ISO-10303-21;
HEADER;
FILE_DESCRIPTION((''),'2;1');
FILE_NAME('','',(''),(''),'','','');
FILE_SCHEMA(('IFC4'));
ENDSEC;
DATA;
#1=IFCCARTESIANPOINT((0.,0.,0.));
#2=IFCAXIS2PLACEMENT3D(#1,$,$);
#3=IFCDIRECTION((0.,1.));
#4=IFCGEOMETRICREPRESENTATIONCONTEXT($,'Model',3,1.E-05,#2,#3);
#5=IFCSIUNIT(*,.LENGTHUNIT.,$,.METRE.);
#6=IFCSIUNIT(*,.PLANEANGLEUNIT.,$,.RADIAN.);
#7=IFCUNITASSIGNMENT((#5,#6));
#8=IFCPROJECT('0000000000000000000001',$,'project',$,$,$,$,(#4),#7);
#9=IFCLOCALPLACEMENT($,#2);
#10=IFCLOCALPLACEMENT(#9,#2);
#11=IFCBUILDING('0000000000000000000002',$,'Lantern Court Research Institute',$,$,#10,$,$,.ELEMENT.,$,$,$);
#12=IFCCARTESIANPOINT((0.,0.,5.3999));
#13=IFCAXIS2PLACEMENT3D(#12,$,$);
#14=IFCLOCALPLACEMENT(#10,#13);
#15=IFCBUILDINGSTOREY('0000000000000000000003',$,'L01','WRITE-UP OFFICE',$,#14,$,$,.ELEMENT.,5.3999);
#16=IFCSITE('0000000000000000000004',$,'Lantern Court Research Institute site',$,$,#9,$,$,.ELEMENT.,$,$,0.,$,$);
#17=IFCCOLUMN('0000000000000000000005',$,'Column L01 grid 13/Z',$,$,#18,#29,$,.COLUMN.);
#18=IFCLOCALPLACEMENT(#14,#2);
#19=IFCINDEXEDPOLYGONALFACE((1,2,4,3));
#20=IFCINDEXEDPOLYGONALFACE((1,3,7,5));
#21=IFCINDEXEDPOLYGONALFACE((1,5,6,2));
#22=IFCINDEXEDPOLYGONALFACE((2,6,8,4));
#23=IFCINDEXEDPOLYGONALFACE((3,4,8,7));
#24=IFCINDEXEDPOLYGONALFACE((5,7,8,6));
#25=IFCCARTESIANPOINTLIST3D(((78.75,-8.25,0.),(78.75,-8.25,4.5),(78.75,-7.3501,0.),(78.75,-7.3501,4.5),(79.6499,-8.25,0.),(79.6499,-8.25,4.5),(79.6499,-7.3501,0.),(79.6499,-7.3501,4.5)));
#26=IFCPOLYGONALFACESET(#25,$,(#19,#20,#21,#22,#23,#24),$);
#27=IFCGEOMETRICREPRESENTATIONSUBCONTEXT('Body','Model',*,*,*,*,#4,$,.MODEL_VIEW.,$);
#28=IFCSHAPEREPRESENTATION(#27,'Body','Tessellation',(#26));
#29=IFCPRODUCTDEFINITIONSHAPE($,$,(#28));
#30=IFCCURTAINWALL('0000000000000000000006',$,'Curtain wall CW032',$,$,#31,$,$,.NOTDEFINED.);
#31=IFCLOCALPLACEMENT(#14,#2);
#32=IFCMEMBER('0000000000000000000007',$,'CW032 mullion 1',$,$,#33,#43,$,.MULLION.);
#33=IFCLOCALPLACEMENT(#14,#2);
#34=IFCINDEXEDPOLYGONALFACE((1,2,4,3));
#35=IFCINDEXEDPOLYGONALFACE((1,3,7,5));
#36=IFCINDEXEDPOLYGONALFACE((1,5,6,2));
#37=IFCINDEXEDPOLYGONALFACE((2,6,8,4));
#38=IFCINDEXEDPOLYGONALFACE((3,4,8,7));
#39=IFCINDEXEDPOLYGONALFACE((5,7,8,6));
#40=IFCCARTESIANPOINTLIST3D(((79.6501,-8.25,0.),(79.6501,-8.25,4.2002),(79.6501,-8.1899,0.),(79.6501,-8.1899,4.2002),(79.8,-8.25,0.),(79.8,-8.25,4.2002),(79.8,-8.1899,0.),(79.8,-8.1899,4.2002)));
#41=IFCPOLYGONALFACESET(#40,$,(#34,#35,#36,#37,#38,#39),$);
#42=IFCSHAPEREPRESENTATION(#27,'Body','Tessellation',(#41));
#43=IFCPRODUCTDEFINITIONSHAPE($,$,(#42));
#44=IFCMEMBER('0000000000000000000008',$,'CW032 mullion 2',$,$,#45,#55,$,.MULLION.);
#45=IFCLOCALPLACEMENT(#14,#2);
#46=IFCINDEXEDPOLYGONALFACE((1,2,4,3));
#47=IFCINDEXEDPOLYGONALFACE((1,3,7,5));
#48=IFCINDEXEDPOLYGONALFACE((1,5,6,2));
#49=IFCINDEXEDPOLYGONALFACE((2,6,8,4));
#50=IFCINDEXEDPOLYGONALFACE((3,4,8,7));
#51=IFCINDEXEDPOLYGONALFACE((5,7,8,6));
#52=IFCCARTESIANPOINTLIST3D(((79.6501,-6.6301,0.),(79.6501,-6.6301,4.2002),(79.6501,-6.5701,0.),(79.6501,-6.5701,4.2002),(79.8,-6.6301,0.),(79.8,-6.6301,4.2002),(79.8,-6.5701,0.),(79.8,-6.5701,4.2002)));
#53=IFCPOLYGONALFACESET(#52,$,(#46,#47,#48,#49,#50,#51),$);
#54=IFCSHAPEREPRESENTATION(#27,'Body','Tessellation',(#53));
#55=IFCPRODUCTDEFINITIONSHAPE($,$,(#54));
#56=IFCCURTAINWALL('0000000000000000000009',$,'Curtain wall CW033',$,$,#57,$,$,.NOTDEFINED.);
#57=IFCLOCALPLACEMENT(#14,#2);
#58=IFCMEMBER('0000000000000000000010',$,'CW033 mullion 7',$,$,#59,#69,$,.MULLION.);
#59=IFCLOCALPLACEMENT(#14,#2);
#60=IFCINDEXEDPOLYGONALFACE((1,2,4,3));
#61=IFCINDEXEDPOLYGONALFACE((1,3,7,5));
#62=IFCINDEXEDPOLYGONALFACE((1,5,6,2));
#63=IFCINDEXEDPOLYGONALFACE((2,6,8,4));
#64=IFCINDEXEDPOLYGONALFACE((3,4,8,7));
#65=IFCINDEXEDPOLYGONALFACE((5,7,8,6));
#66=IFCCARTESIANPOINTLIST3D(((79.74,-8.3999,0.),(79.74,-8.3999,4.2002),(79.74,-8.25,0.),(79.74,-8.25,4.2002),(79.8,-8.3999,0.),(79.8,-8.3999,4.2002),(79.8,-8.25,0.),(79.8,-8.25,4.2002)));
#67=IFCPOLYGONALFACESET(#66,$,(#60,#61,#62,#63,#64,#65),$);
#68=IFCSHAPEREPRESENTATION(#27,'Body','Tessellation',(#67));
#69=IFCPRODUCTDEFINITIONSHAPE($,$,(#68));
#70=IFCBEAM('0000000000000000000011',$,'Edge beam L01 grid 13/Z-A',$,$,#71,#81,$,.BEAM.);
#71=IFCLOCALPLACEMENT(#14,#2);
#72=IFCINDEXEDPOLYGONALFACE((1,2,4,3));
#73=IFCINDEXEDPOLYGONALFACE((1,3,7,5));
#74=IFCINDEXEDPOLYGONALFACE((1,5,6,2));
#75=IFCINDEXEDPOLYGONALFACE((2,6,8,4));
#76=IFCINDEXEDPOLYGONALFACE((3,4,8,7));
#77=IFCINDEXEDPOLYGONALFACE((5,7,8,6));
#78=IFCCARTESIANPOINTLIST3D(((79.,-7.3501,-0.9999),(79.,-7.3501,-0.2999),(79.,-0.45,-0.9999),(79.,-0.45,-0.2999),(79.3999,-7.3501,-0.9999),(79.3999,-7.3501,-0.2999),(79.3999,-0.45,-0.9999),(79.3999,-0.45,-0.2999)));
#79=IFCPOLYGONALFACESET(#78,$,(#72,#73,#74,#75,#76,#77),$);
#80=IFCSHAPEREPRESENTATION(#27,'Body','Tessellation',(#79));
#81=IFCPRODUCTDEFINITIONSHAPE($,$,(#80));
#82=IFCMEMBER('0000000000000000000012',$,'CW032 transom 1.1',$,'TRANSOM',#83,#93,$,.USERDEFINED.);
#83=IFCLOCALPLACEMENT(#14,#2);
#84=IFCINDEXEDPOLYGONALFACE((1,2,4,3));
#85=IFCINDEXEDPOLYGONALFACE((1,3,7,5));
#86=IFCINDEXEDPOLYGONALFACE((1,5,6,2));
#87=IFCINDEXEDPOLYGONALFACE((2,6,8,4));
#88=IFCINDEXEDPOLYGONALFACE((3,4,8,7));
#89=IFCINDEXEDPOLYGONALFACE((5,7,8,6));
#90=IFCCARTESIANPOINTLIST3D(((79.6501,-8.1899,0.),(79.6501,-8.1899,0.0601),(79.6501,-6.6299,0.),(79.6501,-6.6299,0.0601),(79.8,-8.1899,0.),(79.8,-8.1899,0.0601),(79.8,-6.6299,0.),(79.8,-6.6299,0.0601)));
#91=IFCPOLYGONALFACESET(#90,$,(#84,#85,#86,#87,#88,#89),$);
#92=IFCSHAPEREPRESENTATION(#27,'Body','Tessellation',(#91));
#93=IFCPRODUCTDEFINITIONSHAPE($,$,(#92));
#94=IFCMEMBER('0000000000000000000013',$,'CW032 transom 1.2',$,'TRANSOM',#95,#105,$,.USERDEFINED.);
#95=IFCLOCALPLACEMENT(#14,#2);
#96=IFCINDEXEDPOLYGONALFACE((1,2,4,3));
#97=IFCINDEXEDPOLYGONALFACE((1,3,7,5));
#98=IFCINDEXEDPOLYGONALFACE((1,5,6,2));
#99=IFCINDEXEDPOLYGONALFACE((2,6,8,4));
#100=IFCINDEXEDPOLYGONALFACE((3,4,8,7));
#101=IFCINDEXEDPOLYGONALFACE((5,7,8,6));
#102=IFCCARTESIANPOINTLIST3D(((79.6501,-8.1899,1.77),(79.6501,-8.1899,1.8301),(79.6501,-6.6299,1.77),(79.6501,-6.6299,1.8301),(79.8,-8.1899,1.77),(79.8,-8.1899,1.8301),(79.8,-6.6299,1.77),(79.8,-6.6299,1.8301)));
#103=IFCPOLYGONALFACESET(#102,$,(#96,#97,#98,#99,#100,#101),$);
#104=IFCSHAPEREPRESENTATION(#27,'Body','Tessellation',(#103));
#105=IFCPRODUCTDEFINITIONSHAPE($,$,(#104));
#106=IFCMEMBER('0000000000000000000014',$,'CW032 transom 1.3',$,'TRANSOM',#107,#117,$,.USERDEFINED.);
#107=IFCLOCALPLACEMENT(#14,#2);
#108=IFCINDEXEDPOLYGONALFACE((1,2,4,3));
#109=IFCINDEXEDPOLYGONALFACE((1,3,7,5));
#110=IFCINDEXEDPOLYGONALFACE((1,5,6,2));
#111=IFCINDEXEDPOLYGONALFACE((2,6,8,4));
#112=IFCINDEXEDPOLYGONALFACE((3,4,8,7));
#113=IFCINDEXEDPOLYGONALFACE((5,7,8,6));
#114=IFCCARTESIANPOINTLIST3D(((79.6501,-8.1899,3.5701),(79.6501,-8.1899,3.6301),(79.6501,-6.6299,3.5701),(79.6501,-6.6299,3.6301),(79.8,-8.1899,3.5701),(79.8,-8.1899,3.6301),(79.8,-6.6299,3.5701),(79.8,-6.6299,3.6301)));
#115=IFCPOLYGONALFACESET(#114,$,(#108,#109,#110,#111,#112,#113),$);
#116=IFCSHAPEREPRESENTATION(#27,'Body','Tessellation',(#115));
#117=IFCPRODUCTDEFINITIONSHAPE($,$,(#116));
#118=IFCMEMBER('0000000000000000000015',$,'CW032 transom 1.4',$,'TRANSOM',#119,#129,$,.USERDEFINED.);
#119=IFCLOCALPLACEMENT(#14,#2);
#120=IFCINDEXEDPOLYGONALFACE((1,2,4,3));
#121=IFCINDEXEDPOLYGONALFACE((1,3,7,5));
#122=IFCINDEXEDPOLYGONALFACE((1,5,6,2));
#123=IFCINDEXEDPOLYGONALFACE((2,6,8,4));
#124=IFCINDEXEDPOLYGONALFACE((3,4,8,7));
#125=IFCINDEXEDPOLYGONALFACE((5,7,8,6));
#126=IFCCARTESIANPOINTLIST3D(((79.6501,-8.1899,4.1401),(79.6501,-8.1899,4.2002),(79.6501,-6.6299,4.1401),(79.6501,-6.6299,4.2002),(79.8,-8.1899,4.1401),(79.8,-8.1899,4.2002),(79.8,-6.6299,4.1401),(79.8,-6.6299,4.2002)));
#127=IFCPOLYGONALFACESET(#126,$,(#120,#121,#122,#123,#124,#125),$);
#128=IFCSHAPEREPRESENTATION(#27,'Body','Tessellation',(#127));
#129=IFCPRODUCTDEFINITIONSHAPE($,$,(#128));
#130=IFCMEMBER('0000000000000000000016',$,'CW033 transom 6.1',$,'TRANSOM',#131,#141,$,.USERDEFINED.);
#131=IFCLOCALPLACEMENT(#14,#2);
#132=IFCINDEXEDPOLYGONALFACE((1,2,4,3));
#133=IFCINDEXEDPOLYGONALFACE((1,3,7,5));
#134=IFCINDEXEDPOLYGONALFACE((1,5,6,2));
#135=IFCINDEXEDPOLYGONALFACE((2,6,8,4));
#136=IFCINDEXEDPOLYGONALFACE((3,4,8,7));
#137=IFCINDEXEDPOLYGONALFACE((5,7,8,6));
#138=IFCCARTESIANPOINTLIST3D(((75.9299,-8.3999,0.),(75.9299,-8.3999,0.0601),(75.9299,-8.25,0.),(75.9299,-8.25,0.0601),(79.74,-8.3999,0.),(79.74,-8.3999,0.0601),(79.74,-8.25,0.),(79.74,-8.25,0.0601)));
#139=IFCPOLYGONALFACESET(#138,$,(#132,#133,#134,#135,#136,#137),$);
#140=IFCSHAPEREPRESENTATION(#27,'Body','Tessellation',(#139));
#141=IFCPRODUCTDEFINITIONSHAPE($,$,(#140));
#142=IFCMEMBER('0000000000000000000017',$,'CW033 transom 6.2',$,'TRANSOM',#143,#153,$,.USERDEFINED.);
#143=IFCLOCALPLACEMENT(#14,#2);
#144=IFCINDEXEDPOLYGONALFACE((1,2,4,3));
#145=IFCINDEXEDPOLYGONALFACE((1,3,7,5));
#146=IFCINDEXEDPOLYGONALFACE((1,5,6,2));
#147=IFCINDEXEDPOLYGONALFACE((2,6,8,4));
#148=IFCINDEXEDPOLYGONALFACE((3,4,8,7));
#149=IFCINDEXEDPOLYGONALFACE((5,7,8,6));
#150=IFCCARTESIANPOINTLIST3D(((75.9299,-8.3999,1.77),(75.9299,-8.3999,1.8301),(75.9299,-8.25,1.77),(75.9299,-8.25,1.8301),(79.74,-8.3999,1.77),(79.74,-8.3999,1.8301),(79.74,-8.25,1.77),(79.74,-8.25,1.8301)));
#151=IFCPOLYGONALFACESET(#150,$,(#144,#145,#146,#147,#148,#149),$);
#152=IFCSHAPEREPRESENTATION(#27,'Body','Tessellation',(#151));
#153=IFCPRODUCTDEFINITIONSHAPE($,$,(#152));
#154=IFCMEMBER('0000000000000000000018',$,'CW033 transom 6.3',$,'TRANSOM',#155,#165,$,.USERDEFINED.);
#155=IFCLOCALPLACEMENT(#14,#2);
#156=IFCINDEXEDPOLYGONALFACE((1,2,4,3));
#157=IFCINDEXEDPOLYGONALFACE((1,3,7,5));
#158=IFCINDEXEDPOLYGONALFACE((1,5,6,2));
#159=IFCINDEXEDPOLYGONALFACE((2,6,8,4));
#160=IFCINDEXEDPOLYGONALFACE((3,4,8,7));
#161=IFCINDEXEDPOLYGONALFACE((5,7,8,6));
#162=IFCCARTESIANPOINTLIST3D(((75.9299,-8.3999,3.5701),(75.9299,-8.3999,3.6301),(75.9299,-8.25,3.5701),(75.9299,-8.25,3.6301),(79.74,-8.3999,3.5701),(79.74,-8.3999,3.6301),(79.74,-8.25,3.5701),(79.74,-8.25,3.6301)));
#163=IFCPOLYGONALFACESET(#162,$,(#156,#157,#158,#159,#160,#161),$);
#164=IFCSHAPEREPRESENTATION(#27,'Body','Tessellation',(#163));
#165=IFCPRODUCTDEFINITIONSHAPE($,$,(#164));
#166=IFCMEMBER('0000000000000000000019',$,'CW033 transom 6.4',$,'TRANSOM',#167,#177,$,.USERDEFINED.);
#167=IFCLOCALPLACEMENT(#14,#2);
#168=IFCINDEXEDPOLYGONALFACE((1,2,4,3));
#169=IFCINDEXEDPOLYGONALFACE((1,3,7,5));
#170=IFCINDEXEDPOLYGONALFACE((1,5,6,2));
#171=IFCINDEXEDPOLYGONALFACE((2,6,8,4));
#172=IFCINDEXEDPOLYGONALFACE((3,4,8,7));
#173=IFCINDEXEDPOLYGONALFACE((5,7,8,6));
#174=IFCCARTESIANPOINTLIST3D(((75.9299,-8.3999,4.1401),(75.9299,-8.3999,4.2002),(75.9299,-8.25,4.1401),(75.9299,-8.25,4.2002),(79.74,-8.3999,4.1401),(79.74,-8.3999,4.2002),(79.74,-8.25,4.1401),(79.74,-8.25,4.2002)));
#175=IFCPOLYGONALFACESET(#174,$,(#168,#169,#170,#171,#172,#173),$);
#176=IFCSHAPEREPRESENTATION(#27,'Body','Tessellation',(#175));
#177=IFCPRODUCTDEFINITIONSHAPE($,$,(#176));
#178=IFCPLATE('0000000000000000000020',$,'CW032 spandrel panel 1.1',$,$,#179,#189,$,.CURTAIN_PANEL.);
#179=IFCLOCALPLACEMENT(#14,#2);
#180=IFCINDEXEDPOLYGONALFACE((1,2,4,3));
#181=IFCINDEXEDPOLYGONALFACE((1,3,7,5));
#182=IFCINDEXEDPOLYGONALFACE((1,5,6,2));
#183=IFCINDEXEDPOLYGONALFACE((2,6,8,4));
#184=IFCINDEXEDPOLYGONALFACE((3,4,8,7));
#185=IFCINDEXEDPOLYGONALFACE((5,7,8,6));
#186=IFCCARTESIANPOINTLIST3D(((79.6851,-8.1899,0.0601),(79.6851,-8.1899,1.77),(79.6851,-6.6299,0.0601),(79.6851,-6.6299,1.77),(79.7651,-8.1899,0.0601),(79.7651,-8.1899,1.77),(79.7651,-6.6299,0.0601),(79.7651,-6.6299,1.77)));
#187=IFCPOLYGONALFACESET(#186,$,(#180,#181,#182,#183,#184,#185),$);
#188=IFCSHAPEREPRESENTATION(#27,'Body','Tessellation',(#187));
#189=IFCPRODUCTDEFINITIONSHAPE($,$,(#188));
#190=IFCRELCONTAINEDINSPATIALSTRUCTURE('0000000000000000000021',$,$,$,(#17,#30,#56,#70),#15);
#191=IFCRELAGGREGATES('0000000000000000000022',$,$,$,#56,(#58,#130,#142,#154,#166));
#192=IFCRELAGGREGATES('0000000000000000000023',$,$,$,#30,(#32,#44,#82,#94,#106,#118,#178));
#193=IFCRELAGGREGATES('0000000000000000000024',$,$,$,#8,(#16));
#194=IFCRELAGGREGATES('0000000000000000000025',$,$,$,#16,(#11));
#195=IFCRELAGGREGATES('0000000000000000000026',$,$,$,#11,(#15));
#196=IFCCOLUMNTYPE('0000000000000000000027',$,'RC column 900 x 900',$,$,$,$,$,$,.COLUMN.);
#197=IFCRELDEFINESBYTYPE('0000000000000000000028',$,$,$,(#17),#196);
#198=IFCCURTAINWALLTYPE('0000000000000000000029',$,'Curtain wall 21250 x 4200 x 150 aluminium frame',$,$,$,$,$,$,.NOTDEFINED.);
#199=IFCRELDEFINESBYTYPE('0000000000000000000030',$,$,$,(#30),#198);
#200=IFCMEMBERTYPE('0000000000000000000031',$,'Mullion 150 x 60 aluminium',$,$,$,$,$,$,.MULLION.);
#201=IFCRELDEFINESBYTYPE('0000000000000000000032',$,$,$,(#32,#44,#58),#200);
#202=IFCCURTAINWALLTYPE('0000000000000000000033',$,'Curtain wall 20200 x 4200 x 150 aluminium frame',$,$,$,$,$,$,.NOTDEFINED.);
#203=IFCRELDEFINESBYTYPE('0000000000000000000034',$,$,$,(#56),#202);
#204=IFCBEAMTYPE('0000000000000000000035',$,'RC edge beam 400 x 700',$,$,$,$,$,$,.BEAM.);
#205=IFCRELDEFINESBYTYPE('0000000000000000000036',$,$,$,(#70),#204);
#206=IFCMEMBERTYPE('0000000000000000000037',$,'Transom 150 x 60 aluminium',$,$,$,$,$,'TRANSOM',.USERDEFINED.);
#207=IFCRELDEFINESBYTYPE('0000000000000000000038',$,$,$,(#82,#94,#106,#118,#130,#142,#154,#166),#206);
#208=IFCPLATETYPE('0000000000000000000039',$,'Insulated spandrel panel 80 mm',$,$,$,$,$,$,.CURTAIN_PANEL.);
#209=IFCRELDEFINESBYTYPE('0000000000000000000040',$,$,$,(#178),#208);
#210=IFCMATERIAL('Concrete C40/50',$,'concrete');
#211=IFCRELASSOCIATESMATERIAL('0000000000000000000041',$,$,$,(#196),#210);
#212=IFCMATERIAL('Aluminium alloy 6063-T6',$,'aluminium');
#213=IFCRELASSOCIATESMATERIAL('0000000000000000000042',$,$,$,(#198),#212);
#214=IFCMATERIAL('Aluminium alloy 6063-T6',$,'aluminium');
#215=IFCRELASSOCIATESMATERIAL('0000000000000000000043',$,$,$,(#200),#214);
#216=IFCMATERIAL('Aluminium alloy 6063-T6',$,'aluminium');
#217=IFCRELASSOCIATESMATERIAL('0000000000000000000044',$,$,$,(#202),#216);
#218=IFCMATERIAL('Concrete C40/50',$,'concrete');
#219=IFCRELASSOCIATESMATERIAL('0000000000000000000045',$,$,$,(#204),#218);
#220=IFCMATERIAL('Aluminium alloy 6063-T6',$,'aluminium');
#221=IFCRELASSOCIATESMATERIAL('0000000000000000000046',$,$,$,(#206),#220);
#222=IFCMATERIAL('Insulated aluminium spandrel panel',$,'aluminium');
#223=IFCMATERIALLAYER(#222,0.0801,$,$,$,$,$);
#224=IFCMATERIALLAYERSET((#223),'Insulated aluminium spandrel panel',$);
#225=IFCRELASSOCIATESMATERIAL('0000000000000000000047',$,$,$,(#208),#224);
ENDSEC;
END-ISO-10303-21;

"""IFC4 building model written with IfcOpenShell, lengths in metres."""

from ifc_helpers import new_model, si_unit, direction, frame, origin, origin_2d, place, context, subcontext, project, spatial, rectangle, extrude, material, layer, layer_set, material_profile, profile_set, type_object, element, aggregate, save


model = new_model("IFC4")

# Units and contexts
model_context = context("Model", 3, precision=1e-05, world=origin(), true_north=direction((0.0, 1.0)))
body_context = subcontext(model_context, "Body", "Model", "MODEL_VIEW")
ifc_project = project(units=[si_unit("LENGTHUNIT", "METRE"), si_unit("PLANEANGLEUNIT", "RADIAN")], contexts=[model_context])

# Site, building, storey
site_placement = place(None, origin())
site = spatial("IfcSite", under=ifc_project, at=site_placement, Name="Lantern Court Research Institute site", CompositionType="ELEMENT", RefElevation=0.0)
building_placement = place(site_placement, origin())
building = spatial("IfcBuilding", under=site, at=building_placement, Name="Lantern Court Research Institute", CompositionType="ELEMENT")
storey_placement = place(building_placement, frame((0.0, 0.0, 5.3999)))
storey = spatial("IfcBuildingStorey", under=building, at=storey_placement, Name="L01", Description="WRITE-UP OFFICE", CompositionType="ELEMENT", Elevation=5.3999)

# Column
ifc_material_1 = material(Name="Concrete C40/50", Category="concrete")
ifc_material_profile_1 = material_profile(ifc_material_1, rectangle(XDim=0.8999, YDim=0.8999, at=origin_2d()), Name="RC column 900 x 900")
ifc_profile_set_1 = profile_set([ifc_material_profile_1], Name="Concrete C40/50")
column_type = type_object("IfcColumnType", Name="RC column 900 x 900", PredefinedType="COLUMN", material=ifc_profile_set_1)
column_placement = place(storey_placement, frame((79.2, -7.8, 0.0), z_axis=(0.0, 0.0, 1.0), x_axis=(1.0, 0.0, 0.0)))
element("IfcColumn", 1, at=column_placement, inside=storey, type_object=column_type, Name="Column L01 grid 13/Z", PredefinedType="COLUMN", context=body_context, shape_type="SweptSolid", body=[
    extrude(rectangle(XDim=0.8999, YDim=0.8999, at=origin_2d()), origin(), (0.0, 0.0, 1.0), 4.5),
])

# Curtain wall, members
ifc_material_2 = material(Name="Aluminium alloy 6063-T6", Category="aluminium")
curtain_wall_type_1 = type_object("IfcCurtainWallType", Name="Curtain wall 21250 x 4200 x 150 aluminium frame", PredefinedType="NOTDEFINED", material=ifc_material_2)
curtain_wall_1_placement = place(storey_placement, origin())
curtain_wall_1 = element("IfcCurtainWall", 2, at=curtain_wall_1_placement, inside=storey, type_object=curtain_wall_type_1, Name="Curtain wall CW032", PredefinedType="NOTDEFINED")
ifc_material_3 = material(Name="Aluminium alloy 6063-T6", Category="aluminium")
ifc_material_profile_2 = material_profile(ifc_material_3, rectangle(XDim=0.1499, YDim=0.0601, at=origin_2d()), Name="Mullion 150 x 60")
ifc_profile_set_2 = profile_set([ifc_material_profile_2], Name="Aluminium alloy 6063-T6")
member_type_1 = type_object("IfcMemberType", Name="Mullion 150 x 60 aluminium", PredefinedType="MULLION", material=ifc_profile_set_2)
member_1_placement = place(storey_placement, frame((79.7251, -8.22, 0.0), z_axis=(0.0, 0.0, 1.0), x_axis=(1.0, 0.0, 0.0)))
member_1 = element("IfcMember", 3, at=member_1_placement, type_object=member_type_1, Name="CW032 mullion 1", PredefinedType="MULLION", context=body_context, shape_type="SweptSolid", body=[
    extrude(rectangle(XDim=0.1499, YDim=0.0601, at=origin_2d()), origin(), (0.0, 0.0, 1.0), 4.2002),
])
member_2_placement = place(storey_placement, frame((79.7251, -6.6001, 0.0), z_axis=(0.0, 0.0, 1.0), x_axis=(1.0, 0.0, 0.0)))
member_2 = element("IfcMember", 4, at=member_2_placement, type_object=member_type_1, Name="CW032 mullion 2", PredefinedType="MULLION", context=body_context, shape_type="SweptSolid", body=[
    extrude(rectangle(XDim=0.1499, YDim=0.0601, at=origin_2d()), origin(), (0.0, 0.0, 1.0), 4.2002),
])

# Curtain wall, member
ifc_material_4 = material(Name="Aluminium alloy 6063-T6", Category="aluminium")
curtain_wall_type_2 = type_object("IfcCurtainWallType", Name="Curtain wall 20200 x 4200 x 150 aluminium frame", PredefinedType="NOTDEFINED", material=ifc_material_4)
curtain_wall_2_placement = place(storey_placement, origin())
curtain_wall_2 = element("IfcCurtainWall", 5, at=curtain_wall_2_placement, inside=storey, type_object=curtain_wall_type_2, Name="Curtain wall CW033", PredefinedType="NOTDEFINED")
member_3_placement = place(storey_placement, frame((79.77, -8.325, 0.0), z_axis=(0.0, 0.0, 1.0), x_axis=(0.0, -1.0, 0.0)))
member_3 = element("IfcMember", 6, at=member_3_placement, type_object=member_type_1, Name="CW033 mullion 7", PredefinedType="MULLION", context=body_context, shape_type="SweptSolid", body=[
    extrude(rectangle(XDim=0.1499, YDim=0.0601, at=origin_2d()), origin(), (0.0, 0.0, 1.0), 4.2002),
])

# Beam
ifc_material_5 = material(Name="Concrete C40/50", Category="concrete")
ifc_material_profile_3 = material_profile(ifc_material_5, rectangle(XDim=0.3999, YDim=0.7, at=origin_2d()), Name="RC beam 400 x 700")
ifc_profile_set_3 = profile_set([ifc_material_profile_3], Name="Concrete C40/50")
beam_type = type_object("IfcBeamType", Name="RC edge beam 400 x 700", PredefinedType="BEAM", material=ifc_profile_set_3)
beam_placement = place(storey_placement, frame((79.2, -7.3501, -0.6499), z_axis=(0.0, 1.0, 0.0), x_axis=(-1.0, 0.0, 0.0)))
element("IfcBeam", 7, at=beam_placement, inside=storey, type_object=beam_type, Name="Edge beam L01 grid 13/Z-A", PredefinedType="BEAM", context=body_context, shape_type="SweptSolid", body=[
    extrude(rectangle(XDim=0.3999, YDim=0.7, at=origin_2d()), origin(), (0.0, 0.0, 1.0), 6.9001),
])

# Members
ifc_material_6 = material(Name="Aluminium alloy 6063-T6", Category="aluminium")
ifc_material_profile_4 = material_profile(ifc_material_6, rectangle(XDim=0.1499, YDim=0.0601, at=origin_2d()), Name="Transom 150 x 60")
ifc_profile_set_4 = profile_set([ifc_material_profile_4], Name="Aluminium alloy 6063-T6")
member_type_2 = type_object("IfcMemberType", Name="Transom 150 x 60 aluminium", ElementType="TRANSOM", PredefinedType="USERDEFINED", material=ifc_profile_set_4)
member_4_placement = place(storey_placement, frame((79.7251, -6.6299, 0.03), z_axis=(0.0, -1.0, 0.0), x_axis=(1.0, 0.0, 0.0)))
member_4 = element("IfcMember", 8, at=member_4_placement, type_object=member_type_2, Name="CW032 transom 1.1", ObjectType="TRANSOM", PredefinedType="USERDEFINED", context=body_context, shape_type="SweptSolid", body=[
    extrude(rectangle(XDim=0.1499, YDim=0.0601, at=origin_2d()), origin(), (0.0, 0.0, 1.0), 1.5601),
])
member_5_placement = place(storey_placement, frame((79.7251, -6.6299, 1.8), z_axis=(0.0, -1.0, 0.0), x_axis=(1.0, 0.0, 0.0)))
member_5 = element("IfcMember", 9, at=member_5_placement, type_object=member_type_2, Name="CW032 transom 1.2", ObjectType="TRANSOM", PredefinedType="USERDEFINED", context=body_context, shape_type="SweptSolid", body=[
    extrude(rectangle(XDim=0.1499, YDim=0.0601, at=origin_2d()), origin(), (0.0, 0.0, 1.0), 1.5601),
])
member_6_placement = place(storey_placement, frame((79.7251, -6.6299, 3.6001), z_axis=(0.0, -1.0, 0.0), x_axis=(1.0, 0.0, 0.0)))
member_6 = element("IfcMember", 10, at=member_6_placement, type_object=member_type_2, Name="CW032 transom 1.3", ObjectType="TRANSOM", PredefinedType="USERDEFINED", context=body_context, shape_type="SweptSolid", body=[
    extrude(rectangle(XDim=0.1499, YDim=0.0601, at=origin_2d()), origin(), (0.0, 0.0, 1.0), 1.5601),
])
member_7_placement = place(storey_placement, frame((79.7251, -6.6299, 4.1702), z_axis=(0.0, -1.0, 0.0), x_axis=(1.0, 0.0, 0.0)))
member_7 = element("IfcMember", 11, at=member_7_placement, type_object=member_type_2, Name="CW032 transom 1.4", ObjectType="TRANSOM", PredefinedType="USERDEFINED", context=body_context, shape_type="SweptSolid", body=[
    extrude(rectangle(XDim=0.1499, YDim=0.0601, at=origin_2d()), origin(), (0.0, 0.0, 1.0), 1.5601),
])
member_8_placement = place(storey_placement, frame((79.74, -8.325, 0.03), z_axis=(-1.0, 0.0, 0.0), x_axis=(0.0, -1.0, 0.0)))
member_8 = element("IfcMember", 12, at=member_8_placement, type_object=member_type_2, Name="CW033 transom 6.1", ObjectType="TRANSOM", PredefinedType="USERDEFINED", context=body_context, shape_type="SweptSolid", body=[
    extrude(rectangle(XDim=0.1499, YDim=0.0601, at=origin_2d()), origin(), (0.0, 0.0, 1.0), 3.8101),
])
member_9_placement = place(storey_placement, frame((79.74, -8.325, 1.8), z_axis=(-1.0, 0.0, 0.0), x_axis=(0.0, -1.0, 0.0)))
member_9 = element("IfcMember", 13, at=member_9_placement, type_object=member_type_2, Name="CW033 transom 6.2", ObjectType="TRANSOM", PredefinedType="USERDEFINED", context=body_context, shape_type="SweptSolid", body=[
    extrude(rectangle(XDim=0.1499, YDim=0.0601, at=origin_2d()), origin(), (0.0, 0.0, 1.0), 3.8101),
])
member_10_placement = place(storey_placement, frame((79.74, -8.325, 3.6001), z_axis=(-1.0, 0.0, 0.0), x_axis=(0.0, -1.0, 0.0)))
member_10 = element("IfcMember", 14, at=member_10_placement, type_object=member_type_2, Name="CW033 transom 6.3", ObjectType="TRANSOM", PredefinedType="USERDEFINED", context=body_context, shape_type="SweptSolid", body=[
    extrude(rectangle(XDim=0.1499, YDim=0.0601, at=origin_2d()), origin(), (0.0, 0.0, 1.0), 3.8101),
])
member_11_placement = place(storey_placement, frame((79.74, -8.325, 4.1702), z_axis=(-1.0, 0.0, 0.0), x_axis=(0.0, -1.0, 0.0)))
member_11 = element("IfcMember", 15, at=member_11_placement, type_object=member_type_2, Name="CW033 transom 6.4", ObjectType="TRANSOM", PredefinedType="USERDEFINED", context=body_context, shape_type="SweptSolid", body=[
    extrude(rectangle(XDim=0.1499, YDim=0.0601, at=origin_2d()), origin(), (0.0, 0.0, 1.0), 3.8101),
])
aggregate(curtain_wall_2, [member_3, member_8, member_9, member_10, member_11])

# Plate
ifc_material_7 = material(Name="Insulated aluminium spandrel panel", Category="aluminium")
ifc_layer_1 = layer(ifc_material_7, 0.0801)
ifc_layer_set_1 = layer_set([ifc_layer_1], Name="Insulated aluminium spandrel panel")
plate_type_1 = type_object("IfcPlateType", Name="Insulated spandrel panel 80 mm", PredefinedType="CURTAIN_PANEL", material=ifc_layer_set_1)
plate_1_placement = place(storey_placement, frame((79.7251, -7.4099, 0.0601), z_axis=(0.0, 0.0, 1.0), x_axis=(0.0, -1.0, 0.0)))
plate_1 = element("IfcPlate", 16, at=plate_1_placement, type_object=plate_type_1, Name="CW032 spandrel panel 1.1", PredefinedType="CURTAIN_PANEL", context=body_context, shape_type="SweptSolid", body=[
    extrude(rectangle(XDim=1.5601, YDim=0.0801, at=origin_2d()), origin(), (0.0, 0.0, 1.0), 1.71),
])
aggregate(curtain_wall_1, [member_1, member_2, member_4, member_5, member_6, member_7, plate_1])

save(model, "model.ifc")
